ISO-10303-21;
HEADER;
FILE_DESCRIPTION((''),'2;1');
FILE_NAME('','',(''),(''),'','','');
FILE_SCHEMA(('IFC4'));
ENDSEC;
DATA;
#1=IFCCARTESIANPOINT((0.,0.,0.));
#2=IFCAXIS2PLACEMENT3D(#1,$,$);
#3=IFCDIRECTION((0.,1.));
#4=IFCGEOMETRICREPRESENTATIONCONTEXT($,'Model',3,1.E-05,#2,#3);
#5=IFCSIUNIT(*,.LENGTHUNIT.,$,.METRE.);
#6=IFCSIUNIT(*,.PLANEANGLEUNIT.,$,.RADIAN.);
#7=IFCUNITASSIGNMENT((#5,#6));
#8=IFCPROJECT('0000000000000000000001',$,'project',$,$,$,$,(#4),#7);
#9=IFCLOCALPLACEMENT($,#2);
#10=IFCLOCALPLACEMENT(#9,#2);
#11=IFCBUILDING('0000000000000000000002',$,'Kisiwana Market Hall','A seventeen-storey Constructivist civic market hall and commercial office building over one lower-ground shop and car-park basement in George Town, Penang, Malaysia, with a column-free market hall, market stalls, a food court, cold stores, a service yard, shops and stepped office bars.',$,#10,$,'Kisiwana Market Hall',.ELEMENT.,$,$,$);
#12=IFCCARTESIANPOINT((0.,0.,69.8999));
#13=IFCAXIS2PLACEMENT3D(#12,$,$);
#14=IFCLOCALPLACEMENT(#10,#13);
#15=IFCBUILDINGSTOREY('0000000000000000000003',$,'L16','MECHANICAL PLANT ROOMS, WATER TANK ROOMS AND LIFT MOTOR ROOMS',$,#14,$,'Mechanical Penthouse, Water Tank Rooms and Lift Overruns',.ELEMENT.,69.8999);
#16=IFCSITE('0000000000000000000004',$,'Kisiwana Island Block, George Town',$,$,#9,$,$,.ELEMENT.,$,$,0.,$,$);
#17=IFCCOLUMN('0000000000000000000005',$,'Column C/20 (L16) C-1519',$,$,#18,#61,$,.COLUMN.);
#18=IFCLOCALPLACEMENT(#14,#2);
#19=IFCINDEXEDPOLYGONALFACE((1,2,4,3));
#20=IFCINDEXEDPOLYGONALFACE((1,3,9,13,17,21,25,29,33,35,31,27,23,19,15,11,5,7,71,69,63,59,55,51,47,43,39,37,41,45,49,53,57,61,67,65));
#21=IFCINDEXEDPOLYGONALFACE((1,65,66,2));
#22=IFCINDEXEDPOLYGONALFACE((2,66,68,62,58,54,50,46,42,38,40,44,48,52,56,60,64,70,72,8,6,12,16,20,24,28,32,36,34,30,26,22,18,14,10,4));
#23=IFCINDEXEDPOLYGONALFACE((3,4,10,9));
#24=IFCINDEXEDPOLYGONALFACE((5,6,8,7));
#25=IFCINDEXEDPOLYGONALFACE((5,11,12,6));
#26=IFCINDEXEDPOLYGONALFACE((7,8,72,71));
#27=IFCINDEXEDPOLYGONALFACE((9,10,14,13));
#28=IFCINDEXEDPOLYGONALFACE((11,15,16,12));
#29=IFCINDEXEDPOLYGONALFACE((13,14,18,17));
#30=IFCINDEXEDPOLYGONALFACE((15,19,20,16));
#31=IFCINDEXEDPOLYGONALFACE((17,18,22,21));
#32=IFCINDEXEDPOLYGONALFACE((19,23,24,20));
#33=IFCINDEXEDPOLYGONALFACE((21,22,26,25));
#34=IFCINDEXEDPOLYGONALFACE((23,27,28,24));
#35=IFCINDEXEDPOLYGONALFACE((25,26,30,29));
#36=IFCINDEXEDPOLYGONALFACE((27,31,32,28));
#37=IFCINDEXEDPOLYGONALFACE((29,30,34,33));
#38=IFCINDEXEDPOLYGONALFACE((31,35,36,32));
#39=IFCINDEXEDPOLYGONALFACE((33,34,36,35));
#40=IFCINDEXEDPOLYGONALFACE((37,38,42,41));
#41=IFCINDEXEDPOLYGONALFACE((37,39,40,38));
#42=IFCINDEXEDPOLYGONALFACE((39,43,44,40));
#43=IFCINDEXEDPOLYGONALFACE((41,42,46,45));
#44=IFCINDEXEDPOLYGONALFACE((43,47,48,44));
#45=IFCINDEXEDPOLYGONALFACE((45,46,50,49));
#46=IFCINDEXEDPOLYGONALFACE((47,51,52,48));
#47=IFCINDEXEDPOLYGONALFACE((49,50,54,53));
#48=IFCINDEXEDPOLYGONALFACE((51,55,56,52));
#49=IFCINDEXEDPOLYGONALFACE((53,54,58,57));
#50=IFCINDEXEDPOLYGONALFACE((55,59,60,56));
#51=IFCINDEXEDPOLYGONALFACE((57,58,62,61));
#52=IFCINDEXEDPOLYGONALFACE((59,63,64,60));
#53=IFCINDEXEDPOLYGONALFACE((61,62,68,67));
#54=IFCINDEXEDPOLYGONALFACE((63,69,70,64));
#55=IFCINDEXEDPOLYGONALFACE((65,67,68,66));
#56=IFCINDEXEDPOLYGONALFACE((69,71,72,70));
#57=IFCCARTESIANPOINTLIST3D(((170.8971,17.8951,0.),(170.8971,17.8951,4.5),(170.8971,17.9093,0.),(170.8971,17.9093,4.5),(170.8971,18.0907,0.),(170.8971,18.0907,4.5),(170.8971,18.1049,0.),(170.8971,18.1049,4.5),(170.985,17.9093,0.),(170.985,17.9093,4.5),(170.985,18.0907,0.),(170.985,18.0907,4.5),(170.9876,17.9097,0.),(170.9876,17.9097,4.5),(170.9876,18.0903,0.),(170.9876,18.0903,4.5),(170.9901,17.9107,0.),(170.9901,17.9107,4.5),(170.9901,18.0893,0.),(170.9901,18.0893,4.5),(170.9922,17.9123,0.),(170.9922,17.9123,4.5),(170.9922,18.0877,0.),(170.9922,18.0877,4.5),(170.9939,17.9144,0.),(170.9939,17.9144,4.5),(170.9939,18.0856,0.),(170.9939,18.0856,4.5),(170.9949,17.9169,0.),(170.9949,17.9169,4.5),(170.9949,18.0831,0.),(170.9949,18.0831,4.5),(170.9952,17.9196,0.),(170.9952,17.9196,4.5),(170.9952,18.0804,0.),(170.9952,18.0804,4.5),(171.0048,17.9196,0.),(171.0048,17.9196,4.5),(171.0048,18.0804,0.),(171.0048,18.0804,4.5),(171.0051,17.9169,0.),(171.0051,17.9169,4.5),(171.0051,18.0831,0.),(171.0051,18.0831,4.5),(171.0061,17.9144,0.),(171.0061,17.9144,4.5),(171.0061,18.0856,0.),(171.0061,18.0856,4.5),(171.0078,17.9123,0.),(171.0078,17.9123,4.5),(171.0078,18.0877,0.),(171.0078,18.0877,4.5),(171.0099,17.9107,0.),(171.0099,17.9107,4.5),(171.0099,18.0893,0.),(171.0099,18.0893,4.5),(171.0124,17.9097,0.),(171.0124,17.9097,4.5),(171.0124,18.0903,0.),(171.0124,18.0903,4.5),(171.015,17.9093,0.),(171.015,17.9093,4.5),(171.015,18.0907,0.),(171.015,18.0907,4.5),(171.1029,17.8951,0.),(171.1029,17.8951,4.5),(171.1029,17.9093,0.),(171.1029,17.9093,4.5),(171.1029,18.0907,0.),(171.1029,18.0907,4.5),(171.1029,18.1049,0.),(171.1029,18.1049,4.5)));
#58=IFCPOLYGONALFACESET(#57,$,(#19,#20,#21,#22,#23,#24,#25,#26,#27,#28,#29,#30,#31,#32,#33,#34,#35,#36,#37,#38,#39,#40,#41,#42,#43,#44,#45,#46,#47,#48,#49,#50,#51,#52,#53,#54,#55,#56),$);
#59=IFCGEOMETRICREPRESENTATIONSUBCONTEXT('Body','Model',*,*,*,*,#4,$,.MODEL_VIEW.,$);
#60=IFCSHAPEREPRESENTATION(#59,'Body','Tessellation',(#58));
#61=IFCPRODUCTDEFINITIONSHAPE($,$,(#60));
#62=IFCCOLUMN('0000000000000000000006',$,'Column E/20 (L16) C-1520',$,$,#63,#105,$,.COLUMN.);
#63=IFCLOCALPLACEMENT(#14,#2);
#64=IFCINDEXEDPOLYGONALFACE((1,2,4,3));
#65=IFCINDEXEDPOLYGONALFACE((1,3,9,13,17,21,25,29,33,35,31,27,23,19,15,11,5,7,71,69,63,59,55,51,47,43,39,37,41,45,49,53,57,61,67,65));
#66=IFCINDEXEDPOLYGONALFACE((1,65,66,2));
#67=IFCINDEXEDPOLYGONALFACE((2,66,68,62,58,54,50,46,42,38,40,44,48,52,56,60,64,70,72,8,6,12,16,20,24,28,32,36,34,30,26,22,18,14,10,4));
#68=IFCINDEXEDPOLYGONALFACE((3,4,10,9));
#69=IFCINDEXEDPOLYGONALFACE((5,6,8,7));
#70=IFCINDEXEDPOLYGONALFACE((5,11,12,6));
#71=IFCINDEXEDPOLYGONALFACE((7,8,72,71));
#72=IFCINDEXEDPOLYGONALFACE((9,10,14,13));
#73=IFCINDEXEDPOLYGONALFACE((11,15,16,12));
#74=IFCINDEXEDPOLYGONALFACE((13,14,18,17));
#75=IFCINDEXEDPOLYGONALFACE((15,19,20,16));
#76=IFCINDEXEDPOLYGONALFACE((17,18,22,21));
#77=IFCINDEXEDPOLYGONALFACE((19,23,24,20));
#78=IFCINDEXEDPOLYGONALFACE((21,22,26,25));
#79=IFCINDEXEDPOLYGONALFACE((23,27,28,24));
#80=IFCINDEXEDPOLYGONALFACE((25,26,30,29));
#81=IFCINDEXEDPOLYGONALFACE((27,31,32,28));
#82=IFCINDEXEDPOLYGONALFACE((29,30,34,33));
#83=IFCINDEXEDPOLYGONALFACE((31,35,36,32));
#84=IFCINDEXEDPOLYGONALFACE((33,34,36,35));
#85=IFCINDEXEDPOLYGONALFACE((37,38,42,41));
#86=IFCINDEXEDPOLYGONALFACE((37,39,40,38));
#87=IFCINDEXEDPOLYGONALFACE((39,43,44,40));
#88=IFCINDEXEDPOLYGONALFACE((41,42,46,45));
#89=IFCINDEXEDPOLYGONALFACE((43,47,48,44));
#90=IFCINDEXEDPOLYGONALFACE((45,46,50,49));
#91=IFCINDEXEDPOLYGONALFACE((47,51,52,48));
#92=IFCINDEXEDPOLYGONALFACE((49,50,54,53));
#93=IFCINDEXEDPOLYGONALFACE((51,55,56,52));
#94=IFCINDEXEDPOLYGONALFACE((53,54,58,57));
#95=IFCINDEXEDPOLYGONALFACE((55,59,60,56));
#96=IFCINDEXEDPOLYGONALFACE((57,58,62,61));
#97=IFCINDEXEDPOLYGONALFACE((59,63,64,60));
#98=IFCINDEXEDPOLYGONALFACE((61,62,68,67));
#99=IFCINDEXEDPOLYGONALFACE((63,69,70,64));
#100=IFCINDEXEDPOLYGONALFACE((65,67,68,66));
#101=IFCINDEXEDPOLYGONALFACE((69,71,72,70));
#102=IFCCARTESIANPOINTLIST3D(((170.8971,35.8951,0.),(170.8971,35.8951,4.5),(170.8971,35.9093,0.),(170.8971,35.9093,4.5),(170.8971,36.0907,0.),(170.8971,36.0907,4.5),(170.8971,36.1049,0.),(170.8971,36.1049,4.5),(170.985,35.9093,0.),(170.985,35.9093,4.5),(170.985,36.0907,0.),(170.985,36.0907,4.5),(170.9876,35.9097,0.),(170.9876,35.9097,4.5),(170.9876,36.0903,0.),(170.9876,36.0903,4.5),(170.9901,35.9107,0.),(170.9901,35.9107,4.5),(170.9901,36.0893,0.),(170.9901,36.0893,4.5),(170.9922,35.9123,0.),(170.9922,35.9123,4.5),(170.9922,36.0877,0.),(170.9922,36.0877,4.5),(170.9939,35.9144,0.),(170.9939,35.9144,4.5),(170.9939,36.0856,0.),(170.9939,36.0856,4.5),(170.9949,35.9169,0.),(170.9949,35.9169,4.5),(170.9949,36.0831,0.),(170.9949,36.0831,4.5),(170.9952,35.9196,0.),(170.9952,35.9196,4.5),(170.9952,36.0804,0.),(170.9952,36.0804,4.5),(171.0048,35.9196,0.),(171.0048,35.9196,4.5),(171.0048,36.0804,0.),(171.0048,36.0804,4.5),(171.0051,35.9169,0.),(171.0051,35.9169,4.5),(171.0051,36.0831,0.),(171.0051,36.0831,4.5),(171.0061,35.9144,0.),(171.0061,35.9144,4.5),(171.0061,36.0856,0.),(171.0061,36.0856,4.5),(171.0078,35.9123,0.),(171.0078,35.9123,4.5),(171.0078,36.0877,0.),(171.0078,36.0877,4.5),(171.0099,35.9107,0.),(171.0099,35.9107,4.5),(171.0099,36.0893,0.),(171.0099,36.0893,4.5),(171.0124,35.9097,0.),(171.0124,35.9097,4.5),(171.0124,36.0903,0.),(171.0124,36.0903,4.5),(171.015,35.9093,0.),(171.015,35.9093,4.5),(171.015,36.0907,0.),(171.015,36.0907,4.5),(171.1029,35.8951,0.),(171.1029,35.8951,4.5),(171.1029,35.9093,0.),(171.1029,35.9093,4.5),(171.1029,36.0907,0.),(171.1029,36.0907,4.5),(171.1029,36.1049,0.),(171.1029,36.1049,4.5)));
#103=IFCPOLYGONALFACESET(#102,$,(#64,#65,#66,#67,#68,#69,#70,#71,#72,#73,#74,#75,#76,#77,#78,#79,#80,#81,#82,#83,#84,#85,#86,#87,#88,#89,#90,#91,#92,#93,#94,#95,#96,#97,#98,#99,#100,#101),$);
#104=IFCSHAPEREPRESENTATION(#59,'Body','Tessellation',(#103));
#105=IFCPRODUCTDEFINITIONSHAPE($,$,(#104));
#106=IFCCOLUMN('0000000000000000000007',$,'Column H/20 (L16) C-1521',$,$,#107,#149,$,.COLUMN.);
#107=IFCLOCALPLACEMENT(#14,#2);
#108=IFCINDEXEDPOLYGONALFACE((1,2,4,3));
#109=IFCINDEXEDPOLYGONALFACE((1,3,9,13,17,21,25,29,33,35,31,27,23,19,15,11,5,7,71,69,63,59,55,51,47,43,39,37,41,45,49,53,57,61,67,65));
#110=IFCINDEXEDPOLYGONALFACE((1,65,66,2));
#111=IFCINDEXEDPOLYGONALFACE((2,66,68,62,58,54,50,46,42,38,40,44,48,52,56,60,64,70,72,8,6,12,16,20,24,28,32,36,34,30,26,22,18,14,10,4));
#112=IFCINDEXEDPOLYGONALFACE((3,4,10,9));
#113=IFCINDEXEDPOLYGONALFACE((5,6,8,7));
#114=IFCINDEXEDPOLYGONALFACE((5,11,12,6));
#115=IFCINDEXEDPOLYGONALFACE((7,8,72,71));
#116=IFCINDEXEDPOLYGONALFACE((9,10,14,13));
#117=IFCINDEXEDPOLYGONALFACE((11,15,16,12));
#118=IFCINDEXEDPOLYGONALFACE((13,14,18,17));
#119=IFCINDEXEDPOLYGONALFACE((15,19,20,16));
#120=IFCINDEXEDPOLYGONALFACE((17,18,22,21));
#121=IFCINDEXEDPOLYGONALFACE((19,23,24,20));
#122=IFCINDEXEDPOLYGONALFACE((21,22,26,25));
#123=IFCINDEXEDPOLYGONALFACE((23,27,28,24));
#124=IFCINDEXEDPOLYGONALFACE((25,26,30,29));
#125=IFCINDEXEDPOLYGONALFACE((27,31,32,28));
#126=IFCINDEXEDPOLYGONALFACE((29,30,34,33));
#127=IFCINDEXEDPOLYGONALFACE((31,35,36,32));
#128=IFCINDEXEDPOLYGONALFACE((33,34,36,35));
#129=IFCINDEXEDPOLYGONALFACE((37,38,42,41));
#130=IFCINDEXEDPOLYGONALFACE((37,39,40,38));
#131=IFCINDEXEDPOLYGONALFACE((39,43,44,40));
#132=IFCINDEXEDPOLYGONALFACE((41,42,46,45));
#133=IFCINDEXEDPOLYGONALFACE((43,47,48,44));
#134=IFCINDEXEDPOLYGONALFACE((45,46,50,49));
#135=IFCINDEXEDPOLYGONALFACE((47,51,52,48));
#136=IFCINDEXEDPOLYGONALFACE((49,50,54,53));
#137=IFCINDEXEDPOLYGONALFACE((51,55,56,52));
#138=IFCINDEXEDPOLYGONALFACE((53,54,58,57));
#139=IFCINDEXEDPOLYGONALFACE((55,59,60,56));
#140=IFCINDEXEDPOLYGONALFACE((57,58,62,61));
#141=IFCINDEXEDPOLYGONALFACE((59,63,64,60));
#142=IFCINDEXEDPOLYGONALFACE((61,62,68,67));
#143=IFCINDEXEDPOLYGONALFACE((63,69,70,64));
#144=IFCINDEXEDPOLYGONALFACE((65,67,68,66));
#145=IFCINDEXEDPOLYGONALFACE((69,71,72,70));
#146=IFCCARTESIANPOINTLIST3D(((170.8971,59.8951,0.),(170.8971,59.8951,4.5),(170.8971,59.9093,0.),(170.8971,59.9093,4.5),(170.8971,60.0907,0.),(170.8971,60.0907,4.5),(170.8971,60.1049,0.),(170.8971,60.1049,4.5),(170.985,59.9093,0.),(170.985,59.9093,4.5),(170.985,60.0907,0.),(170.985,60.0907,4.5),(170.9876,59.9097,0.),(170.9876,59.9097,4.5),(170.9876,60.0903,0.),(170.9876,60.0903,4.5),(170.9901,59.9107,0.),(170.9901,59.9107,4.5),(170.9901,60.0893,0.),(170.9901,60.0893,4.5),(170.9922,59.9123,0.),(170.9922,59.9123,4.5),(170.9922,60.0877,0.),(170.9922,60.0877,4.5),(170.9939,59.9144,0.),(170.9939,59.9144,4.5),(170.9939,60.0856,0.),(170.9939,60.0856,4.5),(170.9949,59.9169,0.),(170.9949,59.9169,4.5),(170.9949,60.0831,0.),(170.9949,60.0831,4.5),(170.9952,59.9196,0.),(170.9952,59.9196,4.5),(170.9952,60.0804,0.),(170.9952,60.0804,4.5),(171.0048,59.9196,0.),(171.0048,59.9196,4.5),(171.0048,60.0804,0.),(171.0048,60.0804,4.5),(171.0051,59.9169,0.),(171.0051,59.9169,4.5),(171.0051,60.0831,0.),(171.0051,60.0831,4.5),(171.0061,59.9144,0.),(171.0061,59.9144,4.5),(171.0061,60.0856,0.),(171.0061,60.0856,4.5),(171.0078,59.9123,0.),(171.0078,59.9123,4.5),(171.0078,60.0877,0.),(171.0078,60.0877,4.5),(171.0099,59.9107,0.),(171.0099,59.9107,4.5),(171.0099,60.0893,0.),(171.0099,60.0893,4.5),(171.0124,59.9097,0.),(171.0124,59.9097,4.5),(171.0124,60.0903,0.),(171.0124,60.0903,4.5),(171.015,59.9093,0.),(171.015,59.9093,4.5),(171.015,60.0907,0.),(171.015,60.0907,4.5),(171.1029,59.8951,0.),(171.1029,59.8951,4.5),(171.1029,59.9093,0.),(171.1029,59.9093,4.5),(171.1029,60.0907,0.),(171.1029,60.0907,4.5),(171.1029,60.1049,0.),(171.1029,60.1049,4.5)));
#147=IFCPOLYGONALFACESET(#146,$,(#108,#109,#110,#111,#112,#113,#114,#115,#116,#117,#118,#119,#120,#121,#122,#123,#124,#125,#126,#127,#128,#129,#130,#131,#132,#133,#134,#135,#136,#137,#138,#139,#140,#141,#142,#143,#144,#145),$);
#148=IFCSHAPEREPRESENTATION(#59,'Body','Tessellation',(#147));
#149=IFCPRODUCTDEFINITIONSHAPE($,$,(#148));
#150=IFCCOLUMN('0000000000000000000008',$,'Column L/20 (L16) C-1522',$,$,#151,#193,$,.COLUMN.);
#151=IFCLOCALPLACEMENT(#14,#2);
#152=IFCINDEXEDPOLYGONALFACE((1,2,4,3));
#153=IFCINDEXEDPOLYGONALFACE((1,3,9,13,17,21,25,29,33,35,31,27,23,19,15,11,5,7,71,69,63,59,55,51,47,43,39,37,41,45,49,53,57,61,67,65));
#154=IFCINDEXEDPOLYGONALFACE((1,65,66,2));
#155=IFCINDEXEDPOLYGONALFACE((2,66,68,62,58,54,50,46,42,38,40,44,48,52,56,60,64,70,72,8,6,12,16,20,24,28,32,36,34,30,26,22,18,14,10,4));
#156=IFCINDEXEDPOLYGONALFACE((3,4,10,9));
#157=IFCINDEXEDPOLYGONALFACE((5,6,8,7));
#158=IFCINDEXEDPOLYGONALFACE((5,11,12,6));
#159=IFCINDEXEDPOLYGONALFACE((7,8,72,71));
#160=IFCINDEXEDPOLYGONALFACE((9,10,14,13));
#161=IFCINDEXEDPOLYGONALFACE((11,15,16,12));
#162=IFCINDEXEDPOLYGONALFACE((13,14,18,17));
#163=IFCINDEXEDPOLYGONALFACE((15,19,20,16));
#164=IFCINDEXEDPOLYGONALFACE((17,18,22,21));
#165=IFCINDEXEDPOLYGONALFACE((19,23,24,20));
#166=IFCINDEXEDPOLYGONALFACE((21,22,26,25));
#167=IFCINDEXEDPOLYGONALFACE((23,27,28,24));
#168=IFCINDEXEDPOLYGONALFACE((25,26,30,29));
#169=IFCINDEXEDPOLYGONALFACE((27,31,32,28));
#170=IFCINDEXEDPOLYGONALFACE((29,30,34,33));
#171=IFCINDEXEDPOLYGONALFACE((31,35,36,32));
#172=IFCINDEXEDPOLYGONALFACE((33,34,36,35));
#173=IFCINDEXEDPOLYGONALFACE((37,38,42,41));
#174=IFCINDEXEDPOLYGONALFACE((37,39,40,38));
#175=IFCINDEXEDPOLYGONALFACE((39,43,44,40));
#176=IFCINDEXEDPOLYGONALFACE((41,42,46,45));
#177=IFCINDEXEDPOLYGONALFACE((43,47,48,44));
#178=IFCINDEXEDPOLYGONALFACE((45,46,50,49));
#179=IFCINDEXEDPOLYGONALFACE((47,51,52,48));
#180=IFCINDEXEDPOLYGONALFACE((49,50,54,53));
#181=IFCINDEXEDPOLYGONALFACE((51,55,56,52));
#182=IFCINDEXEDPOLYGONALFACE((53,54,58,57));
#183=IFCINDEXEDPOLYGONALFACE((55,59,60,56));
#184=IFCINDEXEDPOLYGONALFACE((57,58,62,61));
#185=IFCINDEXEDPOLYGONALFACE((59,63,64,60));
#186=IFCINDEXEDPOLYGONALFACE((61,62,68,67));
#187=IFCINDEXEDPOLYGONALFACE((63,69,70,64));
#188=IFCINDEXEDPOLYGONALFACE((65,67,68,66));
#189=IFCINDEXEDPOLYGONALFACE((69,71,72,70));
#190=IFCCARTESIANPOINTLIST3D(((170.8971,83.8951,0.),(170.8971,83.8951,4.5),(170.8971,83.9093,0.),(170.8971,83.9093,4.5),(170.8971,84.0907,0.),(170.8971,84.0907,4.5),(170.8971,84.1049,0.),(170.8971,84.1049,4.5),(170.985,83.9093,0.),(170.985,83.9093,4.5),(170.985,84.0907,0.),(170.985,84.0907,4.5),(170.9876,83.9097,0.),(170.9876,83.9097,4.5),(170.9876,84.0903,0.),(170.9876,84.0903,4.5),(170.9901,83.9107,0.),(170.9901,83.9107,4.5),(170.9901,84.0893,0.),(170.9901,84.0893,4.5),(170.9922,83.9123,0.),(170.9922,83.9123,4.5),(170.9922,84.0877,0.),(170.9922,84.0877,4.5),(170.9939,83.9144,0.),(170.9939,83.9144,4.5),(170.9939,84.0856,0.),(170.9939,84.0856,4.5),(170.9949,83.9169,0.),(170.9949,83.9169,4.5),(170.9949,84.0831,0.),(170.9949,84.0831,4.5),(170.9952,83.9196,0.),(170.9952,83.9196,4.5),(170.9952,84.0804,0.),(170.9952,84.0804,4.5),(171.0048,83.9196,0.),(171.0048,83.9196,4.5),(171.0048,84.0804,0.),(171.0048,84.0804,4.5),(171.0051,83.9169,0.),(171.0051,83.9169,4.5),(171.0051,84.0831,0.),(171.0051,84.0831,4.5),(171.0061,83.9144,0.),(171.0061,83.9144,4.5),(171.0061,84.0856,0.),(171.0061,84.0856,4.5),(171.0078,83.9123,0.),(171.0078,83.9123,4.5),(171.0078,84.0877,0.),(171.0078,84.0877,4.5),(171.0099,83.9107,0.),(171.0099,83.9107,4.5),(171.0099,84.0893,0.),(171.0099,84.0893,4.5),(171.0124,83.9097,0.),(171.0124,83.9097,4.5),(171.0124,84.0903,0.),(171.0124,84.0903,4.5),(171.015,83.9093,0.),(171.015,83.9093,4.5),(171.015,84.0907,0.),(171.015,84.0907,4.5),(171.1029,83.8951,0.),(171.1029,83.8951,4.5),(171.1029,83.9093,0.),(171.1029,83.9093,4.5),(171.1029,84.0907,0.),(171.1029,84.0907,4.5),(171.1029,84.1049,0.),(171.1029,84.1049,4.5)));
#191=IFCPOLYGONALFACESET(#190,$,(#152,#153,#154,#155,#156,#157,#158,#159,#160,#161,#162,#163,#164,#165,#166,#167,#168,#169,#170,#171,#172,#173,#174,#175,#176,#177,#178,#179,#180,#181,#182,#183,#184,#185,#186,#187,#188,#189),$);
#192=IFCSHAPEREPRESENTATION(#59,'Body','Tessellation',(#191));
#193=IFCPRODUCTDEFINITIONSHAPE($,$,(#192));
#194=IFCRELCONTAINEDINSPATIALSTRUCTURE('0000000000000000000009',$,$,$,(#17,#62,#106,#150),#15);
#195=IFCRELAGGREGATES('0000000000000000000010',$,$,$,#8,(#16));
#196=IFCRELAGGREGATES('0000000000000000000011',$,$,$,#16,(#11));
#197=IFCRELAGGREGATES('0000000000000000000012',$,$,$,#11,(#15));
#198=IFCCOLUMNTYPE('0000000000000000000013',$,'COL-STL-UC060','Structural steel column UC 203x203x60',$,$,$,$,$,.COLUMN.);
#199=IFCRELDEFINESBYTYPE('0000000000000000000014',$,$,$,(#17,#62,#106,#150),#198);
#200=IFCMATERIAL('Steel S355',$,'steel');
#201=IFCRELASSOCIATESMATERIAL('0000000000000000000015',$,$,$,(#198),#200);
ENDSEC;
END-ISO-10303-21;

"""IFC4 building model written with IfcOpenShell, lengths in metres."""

from ifc_helpers import new_model, si_unit, direction, frame, origin, origin_2d, place, context, subcontext, project, spatial, i_section, extrude, material, material_profile, profile_set, type_object, element, save


model = new_model("IFC4")

# Units and contexts
model_context = context("Model", 3, precision=1e-05, world=origin(), true_north=direction((0.0, 1.0)))
body_context = subcontext(model_context, "Body", "Model", "MODEL_VIEW")
ifc_project = project(units=[si_unit("LENGTHUNIT", "METRE"), si_unit("PLANEANGLEUNIT", "RADIAN")], contexts=[model_context])

# Site, building, storey
site_placement = place(None, origin())
site = spatial("IfcSite", under=ifc_project, at=site_placement, Name="Kisiwana Island Block, George Town", CompositionType="ELEMENT", RefElevation=0.0)
building_placement = place(site_placement, origin())
building = spatial("IfcBuilding", under=site, at=building_placement, Name="Kisiwana Market Hall", Description="A seventeen-storey Constructivist civic market hall and commercial office building over one lower-ground shop and car-park basement in George Town, Penang, Malaysia, with a column-free market hall, market stalls, a food court, cold stores, a service yard, shops and stepped office bars.", LongName="Kisiwana Market Hall", CompositionType="ELEMENT")
storey_placement = place(building_placement, frame((0.0, 0.0, 69.8999)))
storey = spatial("IfcBuildingStorey", under=building, at=storey_placement, Name="L16", Description="MECHANICAL PLANT ROOMS, WATER TANK ROOMS AND LIFT MOTOR ROOMS", LongName="Mechanical Penthouse, Water Tank Rooms and Lift Overruns", CompositionType="ELEMENT", Elevation=69.8999)

# Columns
ifc_material_1 = material(Name="Steel S355", Category="steel")
ifc_material_profile_1 = material_profile(ifc_material_1, i_section(OverallWidth=0.2058, OverallDepth=0.2097, WebThickness=0.0095, FlangeThickness=0.0142, FilletRadius=0.0103, at=origin_2d()), Name="UC 203x203x60")
ifc_profile_set_1 = profile_set([ifc_material_profile_1], Name="Steel S355")
column_type = type_object("IfcColumnType", Name="COL-STL-UC060", Description="Structural steel column UC 203x203x60", PredefinedType="COLUMN", material=ifc_profile_set_1)
for number, where, z_axis, x_axis, name in (
    (1, (171.0, 18.0, 0.0), (0.0, 0.0, 1.0), (1.0, 0.0, 0.0), "Column C/20 (L16) C-1519"),
    (2, (171.0, 36.0, 0.0), (0.0, 0.0, 1.0), (1.0, 0.0, 0.0), "Column E/20 (L16) C-1520"),
    (3, (171.0, 60.0, 0.0), (0.0, 0.0, 1.0), (1.0, 0.0, 0.0), "Column H/20 (L16) C-1521"),
    (4, (171.0, 84.0, 0.0), (0.0, 0.0, 1.0), (1.0, 0.0, 0.0), "Column L/20 (L16) C-1522"),
):
    element("IfcColumn", number, at=place(storey_placement, frame(where, z_axis=z_axis, x_axis=x_axis)), inside=storey, type_object=column_type, Name=name, PredefinedType="COLUMN", context=body_context, shape_type="SweptSolid", body=[
        extrude(i_section(OverallWidth=0.2058, OverallDepth=0.2097, WebThickness=0.0095, FlangeThickness=0.0142, FilletRadius=0.0103, at=origin_2d()), origin(), (0.0, 0.0, 1.0), 4.5),
    ])

save(model, "model.ifc")
